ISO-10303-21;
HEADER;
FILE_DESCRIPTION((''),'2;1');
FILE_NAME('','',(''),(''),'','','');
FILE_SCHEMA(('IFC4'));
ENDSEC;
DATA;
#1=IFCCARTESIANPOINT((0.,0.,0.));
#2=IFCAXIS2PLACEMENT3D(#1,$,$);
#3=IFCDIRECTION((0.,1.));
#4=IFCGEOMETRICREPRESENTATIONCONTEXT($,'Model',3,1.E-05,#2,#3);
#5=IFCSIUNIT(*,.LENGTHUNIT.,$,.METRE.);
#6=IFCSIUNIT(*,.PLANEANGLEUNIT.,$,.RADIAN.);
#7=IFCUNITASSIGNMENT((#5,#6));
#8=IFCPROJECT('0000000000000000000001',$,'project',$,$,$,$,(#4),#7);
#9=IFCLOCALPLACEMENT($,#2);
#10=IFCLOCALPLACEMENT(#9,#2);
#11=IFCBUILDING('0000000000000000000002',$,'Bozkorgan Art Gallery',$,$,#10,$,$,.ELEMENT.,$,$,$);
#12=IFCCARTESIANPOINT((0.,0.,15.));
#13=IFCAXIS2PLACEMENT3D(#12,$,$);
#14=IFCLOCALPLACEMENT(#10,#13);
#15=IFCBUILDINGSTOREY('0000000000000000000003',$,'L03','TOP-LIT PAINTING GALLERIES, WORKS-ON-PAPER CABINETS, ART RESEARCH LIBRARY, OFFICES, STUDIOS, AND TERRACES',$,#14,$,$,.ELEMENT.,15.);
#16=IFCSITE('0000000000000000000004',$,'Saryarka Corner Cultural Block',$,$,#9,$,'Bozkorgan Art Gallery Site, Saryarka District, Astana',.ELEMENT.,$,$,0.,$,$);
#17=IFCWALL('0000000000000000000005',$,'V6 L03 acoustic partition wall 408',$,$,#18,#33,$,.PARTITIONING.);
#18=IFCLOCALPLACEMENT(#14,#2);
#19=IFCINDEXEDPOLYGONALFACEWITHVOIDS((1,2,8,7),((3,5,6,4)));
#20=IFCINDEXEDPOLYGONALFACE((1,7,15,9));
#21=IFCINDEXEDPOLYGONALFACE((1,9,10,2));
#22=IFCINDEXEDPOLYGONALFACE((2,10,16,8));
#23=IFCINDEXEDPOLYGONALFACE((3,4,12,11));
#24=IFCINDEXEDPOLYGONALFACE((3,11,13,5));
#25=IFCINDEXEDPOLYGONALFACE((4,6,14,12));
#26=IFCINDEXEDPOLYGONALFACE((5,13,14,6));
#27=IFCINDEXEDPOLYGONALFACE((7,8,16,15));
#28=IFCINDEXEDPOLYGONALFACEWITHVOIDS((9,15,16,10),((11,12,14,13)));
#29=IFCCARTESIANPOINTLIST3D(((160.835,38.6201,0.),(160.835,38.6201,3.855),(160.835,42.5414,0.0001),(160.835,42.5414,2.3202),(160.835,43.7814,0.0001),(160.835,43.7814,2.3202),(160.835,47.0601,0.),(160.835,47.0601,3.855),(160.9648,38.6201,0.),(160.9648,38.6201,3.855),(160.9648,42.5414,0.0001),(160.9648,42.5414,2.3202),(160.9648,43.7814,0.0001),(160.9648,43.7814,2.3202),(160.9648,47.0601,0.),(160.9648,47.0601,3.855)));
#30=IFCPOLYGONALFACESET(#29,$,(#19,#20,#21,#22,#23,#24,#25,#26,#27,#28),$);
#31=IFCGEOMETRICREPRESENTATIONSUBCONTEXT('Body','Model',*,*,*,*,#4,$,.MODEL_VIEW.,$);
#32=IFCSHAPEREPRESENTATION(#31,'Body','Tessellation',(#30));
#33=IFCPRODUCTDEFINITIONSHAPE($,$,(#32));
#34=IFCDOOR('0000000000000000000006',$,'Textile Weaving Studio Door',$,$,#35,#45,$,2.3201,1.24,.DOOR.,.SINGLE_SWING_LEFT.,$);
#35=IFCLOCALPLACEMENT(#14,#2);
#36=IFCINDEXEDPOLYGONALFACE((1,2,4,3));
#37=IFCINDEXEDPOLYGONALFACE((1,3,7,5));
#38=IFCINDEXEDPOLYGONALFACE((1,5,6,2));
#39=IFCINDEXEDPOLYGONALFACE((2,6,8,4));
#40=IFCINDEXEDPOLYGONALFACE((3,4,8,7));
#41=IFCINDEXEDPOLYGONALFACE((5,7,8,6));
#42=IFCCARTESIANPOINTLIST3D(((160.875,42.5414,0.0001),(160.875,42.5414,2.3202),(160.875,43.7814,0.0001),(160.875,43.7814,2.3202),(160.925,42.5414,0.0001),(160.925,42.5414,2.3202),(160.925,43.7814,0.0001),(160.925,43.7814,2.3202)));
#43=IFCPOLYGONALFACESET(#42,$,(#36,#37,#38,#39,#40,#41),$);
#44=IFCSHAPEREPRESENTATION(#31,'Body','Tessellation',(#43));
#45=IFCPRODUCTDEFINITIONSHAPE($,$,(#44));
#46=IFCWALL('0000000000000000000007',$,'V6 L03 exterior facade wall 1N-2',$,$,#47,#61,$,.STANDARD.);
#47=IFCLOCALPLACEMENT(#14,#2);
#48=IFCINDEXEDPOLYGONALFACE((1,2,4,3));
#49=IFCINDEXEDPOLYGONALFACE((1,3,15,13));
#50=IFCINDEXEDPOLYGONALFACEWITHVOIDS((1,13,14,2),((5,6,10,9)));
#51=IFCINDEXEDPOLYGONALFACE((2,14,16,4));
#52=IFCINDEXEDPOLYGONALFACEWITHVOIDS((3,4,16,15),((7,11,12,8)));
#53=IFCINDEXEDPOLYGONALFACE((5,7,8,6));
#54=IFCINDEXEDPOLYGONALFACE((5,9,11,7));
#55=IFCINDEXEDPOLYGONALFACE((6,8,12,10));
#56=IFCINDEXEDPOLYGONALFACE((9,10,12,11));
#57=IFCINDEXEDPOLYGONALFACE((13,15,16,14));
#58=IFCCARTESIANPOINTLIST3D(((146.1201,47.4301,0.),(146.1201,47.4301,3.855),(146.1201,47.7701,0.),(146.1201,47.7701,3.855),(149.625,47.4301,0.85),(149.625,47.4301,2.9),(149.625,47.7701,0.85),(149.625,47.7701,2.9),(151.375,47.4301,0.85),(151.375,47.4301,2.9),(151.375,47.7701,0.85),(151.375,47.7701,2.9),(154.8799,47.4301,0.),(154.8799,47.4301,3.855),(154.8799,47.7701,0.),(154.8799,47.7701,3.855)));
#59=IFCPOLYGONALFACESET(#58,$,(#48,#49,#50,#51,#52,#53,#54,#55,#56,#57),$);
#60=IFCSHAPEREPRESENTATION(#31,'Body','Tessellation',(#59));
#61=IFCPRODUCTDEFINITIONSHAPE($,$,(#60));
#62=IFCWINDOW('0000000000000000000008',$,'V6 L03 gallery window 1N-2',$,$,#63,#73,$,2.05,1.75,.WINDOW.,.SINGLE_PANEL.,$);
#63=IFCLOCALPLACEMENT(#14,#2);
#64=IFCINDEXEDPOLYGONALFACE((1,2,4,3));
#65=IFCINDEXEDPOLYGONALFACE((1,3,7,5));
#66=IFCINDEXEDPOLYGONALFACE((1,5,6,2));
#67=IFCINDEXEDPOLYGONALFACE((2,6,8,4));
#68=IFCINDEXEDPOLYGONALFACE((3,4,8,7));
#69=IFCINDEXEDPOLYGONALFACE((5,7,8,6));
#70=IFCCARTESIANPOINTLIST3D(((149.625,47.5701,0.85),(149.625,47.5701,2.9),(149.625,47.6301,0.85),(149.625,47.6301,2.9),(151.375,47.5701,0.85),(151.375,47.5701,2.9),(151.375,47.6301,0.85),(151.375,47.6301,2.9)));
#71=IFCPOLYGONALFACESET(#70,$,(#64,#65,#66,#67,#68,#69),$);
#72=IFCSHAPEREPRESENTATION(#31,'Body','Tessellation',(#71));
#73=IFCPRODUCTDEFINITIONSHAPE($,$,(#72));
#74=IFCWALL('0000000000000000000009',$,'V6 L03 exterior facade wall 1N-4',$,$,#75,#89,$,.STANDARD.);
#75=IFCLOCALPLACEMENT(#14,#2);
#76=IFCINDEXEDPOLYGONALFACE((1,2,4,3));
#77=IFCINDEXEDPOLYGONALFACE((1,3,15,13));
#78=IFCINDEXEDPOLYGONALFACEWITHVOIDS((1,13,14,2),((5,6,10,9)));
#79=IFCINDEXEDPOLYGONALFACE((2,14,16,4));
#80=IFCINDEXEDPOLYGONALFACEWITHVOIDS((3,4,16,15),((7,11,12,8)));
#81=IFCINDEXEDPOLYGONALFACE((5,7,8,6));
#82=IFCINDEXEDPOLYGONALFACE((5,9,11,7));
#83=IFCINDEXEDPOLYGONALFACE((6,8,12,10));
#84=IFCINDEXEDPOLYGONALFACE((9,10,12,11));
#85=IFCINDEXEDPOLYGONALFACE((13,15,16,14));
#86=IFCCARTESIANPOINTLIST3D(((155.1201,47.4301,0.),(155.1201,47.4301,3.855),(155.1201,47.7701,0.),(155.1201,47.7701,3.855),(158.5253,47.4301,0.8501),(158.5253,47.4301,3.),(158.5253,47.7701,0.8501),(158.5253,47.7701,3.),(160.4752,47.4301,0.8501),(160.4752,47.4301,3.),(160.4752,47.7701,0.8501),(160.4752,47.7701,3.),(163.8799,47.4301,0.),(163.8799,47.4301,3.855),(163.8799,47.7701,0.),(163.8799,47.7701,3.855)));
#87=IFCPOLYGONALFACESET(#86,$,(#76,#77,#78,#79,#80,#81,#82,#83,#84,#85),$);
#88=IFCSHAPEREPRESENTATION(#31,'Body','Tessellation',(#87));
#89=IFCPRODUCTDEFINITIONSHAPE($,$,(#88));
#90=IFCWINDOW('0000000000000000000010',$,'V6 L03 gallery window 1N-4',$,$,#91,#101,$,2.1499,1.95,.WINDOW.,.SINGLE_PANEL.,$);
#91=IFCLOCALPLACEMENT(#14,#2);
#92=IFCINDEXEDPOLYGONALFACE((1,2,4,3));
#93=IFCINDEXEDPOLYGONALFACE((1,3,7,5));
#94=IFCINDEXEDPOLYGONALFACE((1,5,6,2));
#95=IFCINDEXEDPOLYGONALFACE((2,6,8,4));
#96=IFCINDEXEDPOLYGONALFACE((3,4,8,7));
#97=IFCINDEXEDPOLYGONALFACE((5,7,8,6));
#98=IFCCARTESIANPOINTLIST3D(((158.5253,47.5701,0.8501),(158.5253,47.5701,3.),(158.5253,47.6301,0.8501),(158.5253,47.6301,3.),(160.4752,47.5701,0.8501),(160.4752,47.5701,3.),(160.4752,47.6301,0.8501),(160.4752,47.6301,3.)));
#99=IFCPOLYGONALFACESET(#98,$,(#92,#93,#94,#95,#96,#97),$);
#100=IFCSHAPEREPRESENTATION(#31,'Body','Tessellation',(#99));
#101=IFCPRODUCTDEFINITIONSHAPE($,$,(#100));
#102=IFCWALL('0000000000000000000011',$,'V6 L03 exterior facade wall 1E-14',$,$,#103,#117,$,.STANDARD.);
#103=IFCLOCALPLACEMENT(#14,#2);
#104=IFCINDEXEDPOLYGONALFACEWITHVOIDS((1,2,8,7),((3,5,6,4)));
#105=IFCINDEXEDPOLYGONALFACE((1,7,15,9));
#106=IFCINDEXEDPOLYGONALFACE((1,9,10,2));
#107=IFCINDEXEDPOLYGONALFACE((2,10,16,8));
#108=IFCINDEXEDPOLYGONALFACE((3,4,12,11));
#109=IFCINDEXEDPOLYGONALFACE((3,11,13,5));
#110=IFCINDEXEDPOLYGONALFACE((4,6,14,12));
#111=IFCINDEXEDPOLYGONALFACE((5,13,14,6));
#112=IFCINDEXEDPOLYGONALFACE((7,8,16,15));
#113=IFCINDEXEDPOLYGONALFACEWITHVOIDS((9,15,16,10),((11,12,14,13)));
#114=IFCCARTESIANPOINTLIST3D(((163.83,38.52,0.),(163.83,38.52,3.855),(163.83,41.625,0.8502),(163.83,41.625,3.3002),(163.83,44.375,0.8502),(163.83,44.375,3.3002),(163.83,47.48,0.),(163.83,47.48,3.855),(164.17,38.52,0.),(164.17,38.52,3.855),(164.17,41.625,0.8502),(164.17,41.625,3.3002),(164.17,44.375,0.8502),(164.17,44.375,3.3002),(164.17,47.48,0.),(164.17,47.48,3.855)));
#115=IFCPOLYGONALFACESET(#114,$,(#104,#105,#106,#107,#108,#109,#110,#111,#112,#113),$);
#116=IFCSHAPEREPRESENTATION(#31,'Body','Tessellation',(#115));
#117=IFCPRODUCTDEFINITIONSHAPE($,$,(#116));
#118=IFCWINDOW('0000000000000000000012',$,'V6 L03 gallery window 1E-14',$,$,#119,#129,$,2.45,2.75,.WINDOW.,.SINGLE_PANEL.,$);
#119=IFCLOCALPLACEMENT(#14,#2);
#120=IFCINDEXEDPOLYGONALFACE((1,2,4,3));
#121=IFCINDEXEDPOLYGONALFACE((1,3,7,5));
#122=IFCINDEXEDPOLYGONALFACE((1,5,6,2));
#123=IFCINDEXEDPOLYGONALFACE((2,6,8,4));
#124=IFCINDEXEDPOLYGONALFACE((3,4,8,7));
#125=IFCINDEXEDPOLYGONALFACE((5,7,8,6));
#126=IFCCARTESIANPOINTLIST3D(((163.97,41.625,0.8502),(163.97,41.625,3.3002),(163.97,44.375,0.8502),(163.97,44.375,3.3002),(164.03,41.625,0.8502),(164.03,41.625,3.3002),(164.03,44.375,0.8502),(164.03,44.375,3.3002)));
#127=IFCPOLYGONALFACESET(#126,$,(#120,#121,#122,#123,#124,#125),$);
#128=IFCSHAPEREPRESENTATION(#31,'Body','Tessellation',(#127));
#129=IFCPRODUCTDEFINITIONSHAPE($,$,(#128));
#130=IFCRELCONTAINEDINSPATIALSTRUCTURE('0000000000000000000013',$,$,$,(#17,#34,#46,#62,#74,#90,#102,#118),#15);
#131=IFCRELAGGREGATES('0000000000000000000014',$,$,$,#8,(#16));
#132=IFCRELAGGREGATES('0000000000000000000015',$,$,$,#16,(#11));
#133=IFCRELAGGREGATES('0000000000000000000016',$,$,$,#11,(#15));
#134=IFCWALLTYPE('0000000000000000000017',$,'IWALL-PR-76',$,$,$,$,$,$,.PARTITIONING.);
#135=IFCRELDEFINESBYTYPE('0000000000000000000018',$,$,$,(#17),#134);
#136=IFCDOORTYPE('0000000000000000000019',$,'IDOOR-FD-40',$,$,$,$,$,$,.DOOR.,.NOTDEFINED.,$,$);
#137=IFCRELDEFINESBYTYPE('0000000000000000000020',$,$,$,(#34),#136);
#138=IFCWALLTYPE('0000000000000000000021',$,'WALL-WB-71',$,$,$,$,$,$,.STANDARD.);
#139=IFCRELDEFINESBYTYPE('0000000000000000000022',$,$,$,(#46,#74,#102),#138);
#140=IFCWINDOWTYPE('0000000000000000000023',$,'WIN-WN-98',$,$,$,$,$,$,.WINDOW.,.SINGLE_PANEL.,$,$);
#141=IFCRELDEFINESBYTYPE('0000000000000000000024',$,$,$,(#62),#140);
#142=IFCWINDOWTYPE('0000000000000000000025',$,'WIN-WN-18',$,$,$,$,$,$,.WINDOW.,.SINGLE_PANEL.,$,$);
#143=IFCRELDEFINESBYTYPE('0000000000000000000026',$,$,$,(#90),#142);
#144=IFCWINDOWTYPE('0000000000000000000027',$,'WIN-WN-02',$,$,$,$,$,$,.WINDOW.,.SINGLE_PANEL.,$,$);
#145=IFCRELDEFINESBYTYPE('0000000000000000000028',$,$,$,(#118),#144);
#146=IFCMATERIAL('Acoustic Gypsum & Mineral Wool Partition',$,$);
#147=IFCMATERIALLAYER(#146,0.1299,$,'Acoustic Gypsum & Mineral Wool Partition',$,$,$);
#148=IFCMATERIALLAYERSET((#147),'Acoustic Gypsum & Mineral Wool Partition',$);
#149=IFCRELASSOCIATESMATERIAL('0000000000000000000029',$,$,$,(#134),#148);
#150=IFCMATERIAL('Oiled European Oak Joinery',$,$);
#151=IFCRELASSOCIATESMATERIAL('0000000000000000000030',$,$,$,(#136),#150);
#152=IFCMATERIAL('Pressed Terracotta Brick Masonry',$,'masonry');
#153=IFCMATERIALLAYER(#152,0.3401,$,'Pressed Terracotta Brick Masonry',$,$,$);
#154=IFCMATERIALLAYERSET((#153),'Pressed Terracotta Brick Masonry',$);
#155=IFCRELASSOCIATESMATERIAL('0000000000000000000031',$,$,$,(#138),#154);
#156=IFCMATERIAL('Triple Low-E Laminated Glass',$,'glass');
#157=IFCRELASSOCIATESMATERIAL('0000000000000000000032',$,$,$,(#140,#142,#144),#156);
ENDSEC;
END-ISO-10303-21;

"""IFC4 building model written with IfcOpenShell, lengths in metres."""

from ifc_helpers import new_model, si_unit, direction, frame, frame_2d, origin, place, context, subcontext, project, spatial, rectangle, extrude, material, layer, layer_set, type_object, element, fill, save


model = new_model("IFC4")

# Units and contexts
model_context = context("Model", 3, precision=1e-05, world=origin(), true_north=direction((0.0, 1.0)))
body_context = subcontext(model_context, "Body", "Model", "MODEL_VIEW")
ifc_project = project(units=[si_unit("LENGTHUNIT", "METRE"), si_unit("PLANEANGLEUNIT", "RADIAN")], contexts=[model_context])

# Site, building, storey
site_placement = place(None, origin())
site = spatial("IfcSite", under=ifc_project, at=site_placement, Name="Saryarka Corner Cultural Block", LongName="Bozkorgan Art Gallery Site, Saryarka District, Astana", CompositionType="ELEMENT", RefElevation=0.0)
building_placement = place(site_placement, origin())
building = spatial("IfcBuilding", under=site, at=building_placement, Name="Bozkorgan Art Gallery", CompositionType="ELEMENT")
storey_placement = place(building_placement, frame((0.0, 0.0, 15.0)))
storey = spatial("IfcBuildingStorey", under=building, at=storey_placement, Name="L03", Description="TOP-LIT PAINTING GALLERIES, WORKS-ON-PAPER CABINETS, ART RESEARCH LIBRARY, OFFICES, STUDIOS, AND TERRACES", CompositionType="ELEMENT", Elevation=15.0)

# Wall, opening, door
ifc_material_1 = material(Name="Acoustic Gypsum & Mineral Wool Partition")
ifc_layer_1 = layer(ifc_material_1, 0.1299, Name="Acoustic Gypsum & Mineral Wool Partition")
ifc_layer_set_1 = layer_set([ifc_layer_1], Name="Acoustic Gypsum & Mineral Wool Partition")
wall_type_1 = type_object("IfcWallType", Name="IWALL-PR-76", PredefinedType="PARTITIONING", material=ifc_layer_set_1)
wall_1_placement = place(storey_placement, frame((160.8999, 38.6201, 0.0), z_axis=(0.0, 0.0, 1.0), x_axis=(0.0, 1.0, 0.0)))
wall_1 = element("IfcWall", 1, at=wall_1_placement, inside=storey, type_object=wall_type_1, Name="V6 L03 acoustic partition wall 408", PredefinedType="PARTITIONING", context=body_context, shape_type="SweptSolid", body=[
    extrude(rectangle(XDim=8.4399, YDim=0.1299, at=frame_2d((4.22, 0.0))), origin(), (0.0, 0.0, 1.0), 3.855),
])
opening_1_placement = place(wall_1_placement, frame((3.9211, 0.0, 0.0)))
opening_1 = element("IfcOpeningElement", 2, at=opening_1_placement, cuts=wall_1, PredefinedType="OPENING", context=body_context, shape_type="SweptSolid", body=[
    extrude(rectangle(XDim=1.24, YDim=2.3201, at=frame_2d((0.6201, 1.1602))), frame((0.0, 0.075, 0.0), z_axis=(0.0, -1.0, 0.0), x_axis=(1.0, 0.0, 0.0)), (0.0, 0.0, 1.0), 0.1499),
])
ifc_material_2 = material(Name="Oiled European Oak Joinery")
door_type = type_object("IfcDoorType", Name="IDOOR-FD-40", OperationType="NOTDEFINED", PredefinedType="DOOR", material=ifc_material_2)
door_placement = place(opening_1_placement, origin())
door = element("IfcDoor", 3, at=door_placement, inside=storey, type_object=door_type, Name="Textile Weaving Studio Door", OperationType="SINGLE_SWING_LEFT", OverallHeight=2.3201, OverallWidth=1.24, PredefinedType="DOOR", context=body_context, shape_type="SweptSolid", body=[
    extrude(rectangle(XDim=1.24, YDim=2.3201, at=frame_2d((0.6201, 1.1602))), frame((0.0, 0.0249, 0.0), z_axis=(0.0, -1.0, 0.0), x_axis=(1.0, 0.0, 0.0)), (0.0, 0.0, 1.0), 0.05),
])
fill(opening_1, door)

# Walls, openings, windows
ifc_material_3 = material(Name="Pressed Terracotta Brick Masonry", Category="masonry")
ifc_layer_2 = layer(ifc_material_3, 0.3401, Name="Pressed Terracotta Brick Masonry")
ifc_layer_set_2 = layer_set([ifc_layer_2], Name="Pressed Terracotta Brick Masonry")
wall_type_2 = type_object("IfcWallType", Name="WALL-WB-71", PredefinedType="STANDARD", material=ifc_layer_set_2)
wall_2_placement = place(storey_placement, frame((146.1201, 47.6001, 0.0), z_axis=(0.0, 0.0, 1.0), x_axis=(1.0, 0.0, 0.0)))
wall_2 = element("IfcWall", 4, at=wall_2_placement, inside=storey, type_object=wall_type_2, Name="V6 L03 exterior facade wall 1N-2", PredefinedType="STANDARD", context=body_context, shape_type="SweptSolid", body=[
    extrude(rectangle(XDim=8.7598, YDim=0.3401, at=frame_2d((4.3799, 0.0))), origin(), (0.0, 0.0, 1.0), 3.855),
])
opening_2_placement = place(wall_2_placement, frame((3.5049, 0.0, 0.8501)))
opening_2 = element("IfcOpeningElement", 5, at=opening_2_placement, cuts=wall_2, PredefinedType="OPENING", context=body_context, shape_type="SweptSolid", body=[
    extrude(rectangle(XDim=1.75, YDim=2.05, at=frame_2d((0.875, 1.0249))), frame((0.0, 0.1802, 0.0), z_axis=(0.0, -1.0, 0.0), x_axis=(1.0, 0.0, 0.0)), (0.0, 0.0, 1.0), 0.3601),
])
ifc_material_4 = material(Name="Triple Low-E Laminated Glass", Category="glass")
window_type_1 = type_object("IfcWindowType", Name="WIN-WN-98", PartitioningType="SINGLE_PANEL", PredefinedType="WINDOW", material=ifc_material_4)
window_1_placement = place(opening_2_placement, origin())
window_1 = element("IfcWindow", 6, at=window_1_placement, inside=storey, type_object=window_type_1, Name="V6 L03 gallery window 1N-2", OverallHeight=2.05, OverallWidth=1.75, PartitioningType="SINGLE_PANEL", PredefinedType="WINDOW", context=body_context, shape_type="SweptSolid", body=[
    extrude(rectangle(XDim=1.75, YDim=2.05, at=frame_2d((0.875, 1.0249))), frame((0.0, 0.03, 0.0), z_axis=(0.0, -1.0, 0.0), x_axis=(1.0, 0.0, 0.0)), (0.0, 0.0, 1.0), 0.0601),
])
fill(opening_2, window_1)
wall_3_placement = place(storey_placement, frame((155.1201, 47.6001, 0.0), z_axis=(0.0, 0.0, 1.0), x_axis=(1.0, 0.0, 0.0)))
wall_3 = element("IfcWall", 7, at=wall_3_placement, inside=storey, type_object=wall_type_2, Name="V6 L03 exterior facade wall 1N-4", PredefinedType="STANDARD", context=body_context, shape_type="SweptSolid", body=[
    extrude(rectangle(XDim=8.7598, YDim=0.3401, at=frame_2d((4.3799, 0.0))), origin(), (0.0, 0.0, 1.0), 3.855),
])
opening_3_placement = place(wall_3_placement, frame((3.405, 0.0, 0.8501)))
opening_3 = element("IfcOpeningElement", 8, at=opening_3_placement, cuts=wall_3, PredefinedType="OPENING", context=body_context, shape_type="SweptSolid", body=[
    extrude(rectangle(XDim=1.95, YDim=2.1499, at=frame_2d((0.9751, 1.075))), frame((0.0, 0.1802, 0.0), z_axis=(0.0, -1.0, 0.0), x_axis=(1.0, 0.0, 0.0)), (0.0, 0.0, 1.0), 0.3601),
])
window_type_2 = type_object("IfcWindowType", Name="WIN-WN-18", PartitioningType="SINGLE_PANEL", PredefinedType="WINDOW", material=ifc_material_4)
window_2_placement = place(opening_3_placement, origin())
window_2 = element("IfcWindow", 9, at=window_2_placement, inside=storey, type_object=window_type_2, Name="V6 L03 gallery window 1N-4", OverallHeight=2.1499, OverallWidth=1.95, PartitioningType="SINGLE_PANEL", PredefinedType="WINDOW", context=body_context, shape_type="SweptSolid", body=[
    extrude(rectangle(XDim=1.95, YDim=2.1499, at=frame_2d((0.9751, 1.075))), frame((0.0, 0.03, 0.0), z_axis=(0.0, -1.0, 0.0), x_axis=(1.0, 0.0, 0.0)), (0.0, 0.0, 1.0), 0.0601),
])
fill(opening_3, window_2)
wall_4_placement = place(storey_placement, frame((164.0, 38.52, 0.0), z_axis=(0.0, 0.0, 1.0), x_axis=(0.0, 1.0, 0.0)))
wall_4 = element("IfcWall", 10, at=wall_4_placement, inside=storey, type_object=wall_type_2, Name="V6 L03 exterior facade wall 1E-14", PredefinedType="STANDARD", context=body_context, shape_type="SweptSolid", body=[
    extrude(rectangle(XDim=8.96, YDim=0.3401, at=frame_2d((4.48, 0.0))), origin(), (0.0, 0.0, 1.0), 3.855),
])
opening_4_placement = place(wall_4_placement, frame((5.855, 0.0, 0.8501), z_axis=(0.0, 0.0, 1.0), x_axis=(-1.0, 0.0, 0.0)))
opening_4 = element("IfcOpeningElement", 11, at=opening_4_placement, cuts=wall_4, PredefinedType="OPENING", context=body_context, shape_type="SweptSolid", body=[
    extrude(rectangle(XDim=2.75, YDim=2.45, at=frame_2d((1.375, 1.2251))), frame((0.0, 0.1802, 0.0), z_axis=(0.0, -1.0, 0.0), x_axis=(1.0, 0.0, 0.0)), (0.0, 0.0, 1.0), 0.3601),
])
window_type_3 = type_object("IfcWindowType", Name="WIN-WN-02", PartitioningType="SINGLE_PANEL", PredefinedType="WINDOW", material=ifc_material_4)
window_3_placement = place(opening_4_placement, origin())
window_3 = element("IfcWindow", 12, at=window_3_placement, inside=storey, type_object=window_type_3, Name="V6 L03 gallery window 1E-14", OverallHeight=2.45, OverallWidth=2.75, PartitioningType="SINGLE_PANEL", PredefinedType="WINDOW", context=body_context, shape_type="SweptSolid", body=[
    extrude(rectangle(XDim=2.75, YDim=2.45, at=frame_2d((1.375, 1.2251))), frame((0.0, 0.03, 0.0), z_axis=(0.0, -1.0, 0.0), x_axis=(1.0, 0.0, 0.0)), (0.0, 0.0, 1.0), 0.0601),
])
fill(opening_4, window_3)

save(model, "model.ifc")
